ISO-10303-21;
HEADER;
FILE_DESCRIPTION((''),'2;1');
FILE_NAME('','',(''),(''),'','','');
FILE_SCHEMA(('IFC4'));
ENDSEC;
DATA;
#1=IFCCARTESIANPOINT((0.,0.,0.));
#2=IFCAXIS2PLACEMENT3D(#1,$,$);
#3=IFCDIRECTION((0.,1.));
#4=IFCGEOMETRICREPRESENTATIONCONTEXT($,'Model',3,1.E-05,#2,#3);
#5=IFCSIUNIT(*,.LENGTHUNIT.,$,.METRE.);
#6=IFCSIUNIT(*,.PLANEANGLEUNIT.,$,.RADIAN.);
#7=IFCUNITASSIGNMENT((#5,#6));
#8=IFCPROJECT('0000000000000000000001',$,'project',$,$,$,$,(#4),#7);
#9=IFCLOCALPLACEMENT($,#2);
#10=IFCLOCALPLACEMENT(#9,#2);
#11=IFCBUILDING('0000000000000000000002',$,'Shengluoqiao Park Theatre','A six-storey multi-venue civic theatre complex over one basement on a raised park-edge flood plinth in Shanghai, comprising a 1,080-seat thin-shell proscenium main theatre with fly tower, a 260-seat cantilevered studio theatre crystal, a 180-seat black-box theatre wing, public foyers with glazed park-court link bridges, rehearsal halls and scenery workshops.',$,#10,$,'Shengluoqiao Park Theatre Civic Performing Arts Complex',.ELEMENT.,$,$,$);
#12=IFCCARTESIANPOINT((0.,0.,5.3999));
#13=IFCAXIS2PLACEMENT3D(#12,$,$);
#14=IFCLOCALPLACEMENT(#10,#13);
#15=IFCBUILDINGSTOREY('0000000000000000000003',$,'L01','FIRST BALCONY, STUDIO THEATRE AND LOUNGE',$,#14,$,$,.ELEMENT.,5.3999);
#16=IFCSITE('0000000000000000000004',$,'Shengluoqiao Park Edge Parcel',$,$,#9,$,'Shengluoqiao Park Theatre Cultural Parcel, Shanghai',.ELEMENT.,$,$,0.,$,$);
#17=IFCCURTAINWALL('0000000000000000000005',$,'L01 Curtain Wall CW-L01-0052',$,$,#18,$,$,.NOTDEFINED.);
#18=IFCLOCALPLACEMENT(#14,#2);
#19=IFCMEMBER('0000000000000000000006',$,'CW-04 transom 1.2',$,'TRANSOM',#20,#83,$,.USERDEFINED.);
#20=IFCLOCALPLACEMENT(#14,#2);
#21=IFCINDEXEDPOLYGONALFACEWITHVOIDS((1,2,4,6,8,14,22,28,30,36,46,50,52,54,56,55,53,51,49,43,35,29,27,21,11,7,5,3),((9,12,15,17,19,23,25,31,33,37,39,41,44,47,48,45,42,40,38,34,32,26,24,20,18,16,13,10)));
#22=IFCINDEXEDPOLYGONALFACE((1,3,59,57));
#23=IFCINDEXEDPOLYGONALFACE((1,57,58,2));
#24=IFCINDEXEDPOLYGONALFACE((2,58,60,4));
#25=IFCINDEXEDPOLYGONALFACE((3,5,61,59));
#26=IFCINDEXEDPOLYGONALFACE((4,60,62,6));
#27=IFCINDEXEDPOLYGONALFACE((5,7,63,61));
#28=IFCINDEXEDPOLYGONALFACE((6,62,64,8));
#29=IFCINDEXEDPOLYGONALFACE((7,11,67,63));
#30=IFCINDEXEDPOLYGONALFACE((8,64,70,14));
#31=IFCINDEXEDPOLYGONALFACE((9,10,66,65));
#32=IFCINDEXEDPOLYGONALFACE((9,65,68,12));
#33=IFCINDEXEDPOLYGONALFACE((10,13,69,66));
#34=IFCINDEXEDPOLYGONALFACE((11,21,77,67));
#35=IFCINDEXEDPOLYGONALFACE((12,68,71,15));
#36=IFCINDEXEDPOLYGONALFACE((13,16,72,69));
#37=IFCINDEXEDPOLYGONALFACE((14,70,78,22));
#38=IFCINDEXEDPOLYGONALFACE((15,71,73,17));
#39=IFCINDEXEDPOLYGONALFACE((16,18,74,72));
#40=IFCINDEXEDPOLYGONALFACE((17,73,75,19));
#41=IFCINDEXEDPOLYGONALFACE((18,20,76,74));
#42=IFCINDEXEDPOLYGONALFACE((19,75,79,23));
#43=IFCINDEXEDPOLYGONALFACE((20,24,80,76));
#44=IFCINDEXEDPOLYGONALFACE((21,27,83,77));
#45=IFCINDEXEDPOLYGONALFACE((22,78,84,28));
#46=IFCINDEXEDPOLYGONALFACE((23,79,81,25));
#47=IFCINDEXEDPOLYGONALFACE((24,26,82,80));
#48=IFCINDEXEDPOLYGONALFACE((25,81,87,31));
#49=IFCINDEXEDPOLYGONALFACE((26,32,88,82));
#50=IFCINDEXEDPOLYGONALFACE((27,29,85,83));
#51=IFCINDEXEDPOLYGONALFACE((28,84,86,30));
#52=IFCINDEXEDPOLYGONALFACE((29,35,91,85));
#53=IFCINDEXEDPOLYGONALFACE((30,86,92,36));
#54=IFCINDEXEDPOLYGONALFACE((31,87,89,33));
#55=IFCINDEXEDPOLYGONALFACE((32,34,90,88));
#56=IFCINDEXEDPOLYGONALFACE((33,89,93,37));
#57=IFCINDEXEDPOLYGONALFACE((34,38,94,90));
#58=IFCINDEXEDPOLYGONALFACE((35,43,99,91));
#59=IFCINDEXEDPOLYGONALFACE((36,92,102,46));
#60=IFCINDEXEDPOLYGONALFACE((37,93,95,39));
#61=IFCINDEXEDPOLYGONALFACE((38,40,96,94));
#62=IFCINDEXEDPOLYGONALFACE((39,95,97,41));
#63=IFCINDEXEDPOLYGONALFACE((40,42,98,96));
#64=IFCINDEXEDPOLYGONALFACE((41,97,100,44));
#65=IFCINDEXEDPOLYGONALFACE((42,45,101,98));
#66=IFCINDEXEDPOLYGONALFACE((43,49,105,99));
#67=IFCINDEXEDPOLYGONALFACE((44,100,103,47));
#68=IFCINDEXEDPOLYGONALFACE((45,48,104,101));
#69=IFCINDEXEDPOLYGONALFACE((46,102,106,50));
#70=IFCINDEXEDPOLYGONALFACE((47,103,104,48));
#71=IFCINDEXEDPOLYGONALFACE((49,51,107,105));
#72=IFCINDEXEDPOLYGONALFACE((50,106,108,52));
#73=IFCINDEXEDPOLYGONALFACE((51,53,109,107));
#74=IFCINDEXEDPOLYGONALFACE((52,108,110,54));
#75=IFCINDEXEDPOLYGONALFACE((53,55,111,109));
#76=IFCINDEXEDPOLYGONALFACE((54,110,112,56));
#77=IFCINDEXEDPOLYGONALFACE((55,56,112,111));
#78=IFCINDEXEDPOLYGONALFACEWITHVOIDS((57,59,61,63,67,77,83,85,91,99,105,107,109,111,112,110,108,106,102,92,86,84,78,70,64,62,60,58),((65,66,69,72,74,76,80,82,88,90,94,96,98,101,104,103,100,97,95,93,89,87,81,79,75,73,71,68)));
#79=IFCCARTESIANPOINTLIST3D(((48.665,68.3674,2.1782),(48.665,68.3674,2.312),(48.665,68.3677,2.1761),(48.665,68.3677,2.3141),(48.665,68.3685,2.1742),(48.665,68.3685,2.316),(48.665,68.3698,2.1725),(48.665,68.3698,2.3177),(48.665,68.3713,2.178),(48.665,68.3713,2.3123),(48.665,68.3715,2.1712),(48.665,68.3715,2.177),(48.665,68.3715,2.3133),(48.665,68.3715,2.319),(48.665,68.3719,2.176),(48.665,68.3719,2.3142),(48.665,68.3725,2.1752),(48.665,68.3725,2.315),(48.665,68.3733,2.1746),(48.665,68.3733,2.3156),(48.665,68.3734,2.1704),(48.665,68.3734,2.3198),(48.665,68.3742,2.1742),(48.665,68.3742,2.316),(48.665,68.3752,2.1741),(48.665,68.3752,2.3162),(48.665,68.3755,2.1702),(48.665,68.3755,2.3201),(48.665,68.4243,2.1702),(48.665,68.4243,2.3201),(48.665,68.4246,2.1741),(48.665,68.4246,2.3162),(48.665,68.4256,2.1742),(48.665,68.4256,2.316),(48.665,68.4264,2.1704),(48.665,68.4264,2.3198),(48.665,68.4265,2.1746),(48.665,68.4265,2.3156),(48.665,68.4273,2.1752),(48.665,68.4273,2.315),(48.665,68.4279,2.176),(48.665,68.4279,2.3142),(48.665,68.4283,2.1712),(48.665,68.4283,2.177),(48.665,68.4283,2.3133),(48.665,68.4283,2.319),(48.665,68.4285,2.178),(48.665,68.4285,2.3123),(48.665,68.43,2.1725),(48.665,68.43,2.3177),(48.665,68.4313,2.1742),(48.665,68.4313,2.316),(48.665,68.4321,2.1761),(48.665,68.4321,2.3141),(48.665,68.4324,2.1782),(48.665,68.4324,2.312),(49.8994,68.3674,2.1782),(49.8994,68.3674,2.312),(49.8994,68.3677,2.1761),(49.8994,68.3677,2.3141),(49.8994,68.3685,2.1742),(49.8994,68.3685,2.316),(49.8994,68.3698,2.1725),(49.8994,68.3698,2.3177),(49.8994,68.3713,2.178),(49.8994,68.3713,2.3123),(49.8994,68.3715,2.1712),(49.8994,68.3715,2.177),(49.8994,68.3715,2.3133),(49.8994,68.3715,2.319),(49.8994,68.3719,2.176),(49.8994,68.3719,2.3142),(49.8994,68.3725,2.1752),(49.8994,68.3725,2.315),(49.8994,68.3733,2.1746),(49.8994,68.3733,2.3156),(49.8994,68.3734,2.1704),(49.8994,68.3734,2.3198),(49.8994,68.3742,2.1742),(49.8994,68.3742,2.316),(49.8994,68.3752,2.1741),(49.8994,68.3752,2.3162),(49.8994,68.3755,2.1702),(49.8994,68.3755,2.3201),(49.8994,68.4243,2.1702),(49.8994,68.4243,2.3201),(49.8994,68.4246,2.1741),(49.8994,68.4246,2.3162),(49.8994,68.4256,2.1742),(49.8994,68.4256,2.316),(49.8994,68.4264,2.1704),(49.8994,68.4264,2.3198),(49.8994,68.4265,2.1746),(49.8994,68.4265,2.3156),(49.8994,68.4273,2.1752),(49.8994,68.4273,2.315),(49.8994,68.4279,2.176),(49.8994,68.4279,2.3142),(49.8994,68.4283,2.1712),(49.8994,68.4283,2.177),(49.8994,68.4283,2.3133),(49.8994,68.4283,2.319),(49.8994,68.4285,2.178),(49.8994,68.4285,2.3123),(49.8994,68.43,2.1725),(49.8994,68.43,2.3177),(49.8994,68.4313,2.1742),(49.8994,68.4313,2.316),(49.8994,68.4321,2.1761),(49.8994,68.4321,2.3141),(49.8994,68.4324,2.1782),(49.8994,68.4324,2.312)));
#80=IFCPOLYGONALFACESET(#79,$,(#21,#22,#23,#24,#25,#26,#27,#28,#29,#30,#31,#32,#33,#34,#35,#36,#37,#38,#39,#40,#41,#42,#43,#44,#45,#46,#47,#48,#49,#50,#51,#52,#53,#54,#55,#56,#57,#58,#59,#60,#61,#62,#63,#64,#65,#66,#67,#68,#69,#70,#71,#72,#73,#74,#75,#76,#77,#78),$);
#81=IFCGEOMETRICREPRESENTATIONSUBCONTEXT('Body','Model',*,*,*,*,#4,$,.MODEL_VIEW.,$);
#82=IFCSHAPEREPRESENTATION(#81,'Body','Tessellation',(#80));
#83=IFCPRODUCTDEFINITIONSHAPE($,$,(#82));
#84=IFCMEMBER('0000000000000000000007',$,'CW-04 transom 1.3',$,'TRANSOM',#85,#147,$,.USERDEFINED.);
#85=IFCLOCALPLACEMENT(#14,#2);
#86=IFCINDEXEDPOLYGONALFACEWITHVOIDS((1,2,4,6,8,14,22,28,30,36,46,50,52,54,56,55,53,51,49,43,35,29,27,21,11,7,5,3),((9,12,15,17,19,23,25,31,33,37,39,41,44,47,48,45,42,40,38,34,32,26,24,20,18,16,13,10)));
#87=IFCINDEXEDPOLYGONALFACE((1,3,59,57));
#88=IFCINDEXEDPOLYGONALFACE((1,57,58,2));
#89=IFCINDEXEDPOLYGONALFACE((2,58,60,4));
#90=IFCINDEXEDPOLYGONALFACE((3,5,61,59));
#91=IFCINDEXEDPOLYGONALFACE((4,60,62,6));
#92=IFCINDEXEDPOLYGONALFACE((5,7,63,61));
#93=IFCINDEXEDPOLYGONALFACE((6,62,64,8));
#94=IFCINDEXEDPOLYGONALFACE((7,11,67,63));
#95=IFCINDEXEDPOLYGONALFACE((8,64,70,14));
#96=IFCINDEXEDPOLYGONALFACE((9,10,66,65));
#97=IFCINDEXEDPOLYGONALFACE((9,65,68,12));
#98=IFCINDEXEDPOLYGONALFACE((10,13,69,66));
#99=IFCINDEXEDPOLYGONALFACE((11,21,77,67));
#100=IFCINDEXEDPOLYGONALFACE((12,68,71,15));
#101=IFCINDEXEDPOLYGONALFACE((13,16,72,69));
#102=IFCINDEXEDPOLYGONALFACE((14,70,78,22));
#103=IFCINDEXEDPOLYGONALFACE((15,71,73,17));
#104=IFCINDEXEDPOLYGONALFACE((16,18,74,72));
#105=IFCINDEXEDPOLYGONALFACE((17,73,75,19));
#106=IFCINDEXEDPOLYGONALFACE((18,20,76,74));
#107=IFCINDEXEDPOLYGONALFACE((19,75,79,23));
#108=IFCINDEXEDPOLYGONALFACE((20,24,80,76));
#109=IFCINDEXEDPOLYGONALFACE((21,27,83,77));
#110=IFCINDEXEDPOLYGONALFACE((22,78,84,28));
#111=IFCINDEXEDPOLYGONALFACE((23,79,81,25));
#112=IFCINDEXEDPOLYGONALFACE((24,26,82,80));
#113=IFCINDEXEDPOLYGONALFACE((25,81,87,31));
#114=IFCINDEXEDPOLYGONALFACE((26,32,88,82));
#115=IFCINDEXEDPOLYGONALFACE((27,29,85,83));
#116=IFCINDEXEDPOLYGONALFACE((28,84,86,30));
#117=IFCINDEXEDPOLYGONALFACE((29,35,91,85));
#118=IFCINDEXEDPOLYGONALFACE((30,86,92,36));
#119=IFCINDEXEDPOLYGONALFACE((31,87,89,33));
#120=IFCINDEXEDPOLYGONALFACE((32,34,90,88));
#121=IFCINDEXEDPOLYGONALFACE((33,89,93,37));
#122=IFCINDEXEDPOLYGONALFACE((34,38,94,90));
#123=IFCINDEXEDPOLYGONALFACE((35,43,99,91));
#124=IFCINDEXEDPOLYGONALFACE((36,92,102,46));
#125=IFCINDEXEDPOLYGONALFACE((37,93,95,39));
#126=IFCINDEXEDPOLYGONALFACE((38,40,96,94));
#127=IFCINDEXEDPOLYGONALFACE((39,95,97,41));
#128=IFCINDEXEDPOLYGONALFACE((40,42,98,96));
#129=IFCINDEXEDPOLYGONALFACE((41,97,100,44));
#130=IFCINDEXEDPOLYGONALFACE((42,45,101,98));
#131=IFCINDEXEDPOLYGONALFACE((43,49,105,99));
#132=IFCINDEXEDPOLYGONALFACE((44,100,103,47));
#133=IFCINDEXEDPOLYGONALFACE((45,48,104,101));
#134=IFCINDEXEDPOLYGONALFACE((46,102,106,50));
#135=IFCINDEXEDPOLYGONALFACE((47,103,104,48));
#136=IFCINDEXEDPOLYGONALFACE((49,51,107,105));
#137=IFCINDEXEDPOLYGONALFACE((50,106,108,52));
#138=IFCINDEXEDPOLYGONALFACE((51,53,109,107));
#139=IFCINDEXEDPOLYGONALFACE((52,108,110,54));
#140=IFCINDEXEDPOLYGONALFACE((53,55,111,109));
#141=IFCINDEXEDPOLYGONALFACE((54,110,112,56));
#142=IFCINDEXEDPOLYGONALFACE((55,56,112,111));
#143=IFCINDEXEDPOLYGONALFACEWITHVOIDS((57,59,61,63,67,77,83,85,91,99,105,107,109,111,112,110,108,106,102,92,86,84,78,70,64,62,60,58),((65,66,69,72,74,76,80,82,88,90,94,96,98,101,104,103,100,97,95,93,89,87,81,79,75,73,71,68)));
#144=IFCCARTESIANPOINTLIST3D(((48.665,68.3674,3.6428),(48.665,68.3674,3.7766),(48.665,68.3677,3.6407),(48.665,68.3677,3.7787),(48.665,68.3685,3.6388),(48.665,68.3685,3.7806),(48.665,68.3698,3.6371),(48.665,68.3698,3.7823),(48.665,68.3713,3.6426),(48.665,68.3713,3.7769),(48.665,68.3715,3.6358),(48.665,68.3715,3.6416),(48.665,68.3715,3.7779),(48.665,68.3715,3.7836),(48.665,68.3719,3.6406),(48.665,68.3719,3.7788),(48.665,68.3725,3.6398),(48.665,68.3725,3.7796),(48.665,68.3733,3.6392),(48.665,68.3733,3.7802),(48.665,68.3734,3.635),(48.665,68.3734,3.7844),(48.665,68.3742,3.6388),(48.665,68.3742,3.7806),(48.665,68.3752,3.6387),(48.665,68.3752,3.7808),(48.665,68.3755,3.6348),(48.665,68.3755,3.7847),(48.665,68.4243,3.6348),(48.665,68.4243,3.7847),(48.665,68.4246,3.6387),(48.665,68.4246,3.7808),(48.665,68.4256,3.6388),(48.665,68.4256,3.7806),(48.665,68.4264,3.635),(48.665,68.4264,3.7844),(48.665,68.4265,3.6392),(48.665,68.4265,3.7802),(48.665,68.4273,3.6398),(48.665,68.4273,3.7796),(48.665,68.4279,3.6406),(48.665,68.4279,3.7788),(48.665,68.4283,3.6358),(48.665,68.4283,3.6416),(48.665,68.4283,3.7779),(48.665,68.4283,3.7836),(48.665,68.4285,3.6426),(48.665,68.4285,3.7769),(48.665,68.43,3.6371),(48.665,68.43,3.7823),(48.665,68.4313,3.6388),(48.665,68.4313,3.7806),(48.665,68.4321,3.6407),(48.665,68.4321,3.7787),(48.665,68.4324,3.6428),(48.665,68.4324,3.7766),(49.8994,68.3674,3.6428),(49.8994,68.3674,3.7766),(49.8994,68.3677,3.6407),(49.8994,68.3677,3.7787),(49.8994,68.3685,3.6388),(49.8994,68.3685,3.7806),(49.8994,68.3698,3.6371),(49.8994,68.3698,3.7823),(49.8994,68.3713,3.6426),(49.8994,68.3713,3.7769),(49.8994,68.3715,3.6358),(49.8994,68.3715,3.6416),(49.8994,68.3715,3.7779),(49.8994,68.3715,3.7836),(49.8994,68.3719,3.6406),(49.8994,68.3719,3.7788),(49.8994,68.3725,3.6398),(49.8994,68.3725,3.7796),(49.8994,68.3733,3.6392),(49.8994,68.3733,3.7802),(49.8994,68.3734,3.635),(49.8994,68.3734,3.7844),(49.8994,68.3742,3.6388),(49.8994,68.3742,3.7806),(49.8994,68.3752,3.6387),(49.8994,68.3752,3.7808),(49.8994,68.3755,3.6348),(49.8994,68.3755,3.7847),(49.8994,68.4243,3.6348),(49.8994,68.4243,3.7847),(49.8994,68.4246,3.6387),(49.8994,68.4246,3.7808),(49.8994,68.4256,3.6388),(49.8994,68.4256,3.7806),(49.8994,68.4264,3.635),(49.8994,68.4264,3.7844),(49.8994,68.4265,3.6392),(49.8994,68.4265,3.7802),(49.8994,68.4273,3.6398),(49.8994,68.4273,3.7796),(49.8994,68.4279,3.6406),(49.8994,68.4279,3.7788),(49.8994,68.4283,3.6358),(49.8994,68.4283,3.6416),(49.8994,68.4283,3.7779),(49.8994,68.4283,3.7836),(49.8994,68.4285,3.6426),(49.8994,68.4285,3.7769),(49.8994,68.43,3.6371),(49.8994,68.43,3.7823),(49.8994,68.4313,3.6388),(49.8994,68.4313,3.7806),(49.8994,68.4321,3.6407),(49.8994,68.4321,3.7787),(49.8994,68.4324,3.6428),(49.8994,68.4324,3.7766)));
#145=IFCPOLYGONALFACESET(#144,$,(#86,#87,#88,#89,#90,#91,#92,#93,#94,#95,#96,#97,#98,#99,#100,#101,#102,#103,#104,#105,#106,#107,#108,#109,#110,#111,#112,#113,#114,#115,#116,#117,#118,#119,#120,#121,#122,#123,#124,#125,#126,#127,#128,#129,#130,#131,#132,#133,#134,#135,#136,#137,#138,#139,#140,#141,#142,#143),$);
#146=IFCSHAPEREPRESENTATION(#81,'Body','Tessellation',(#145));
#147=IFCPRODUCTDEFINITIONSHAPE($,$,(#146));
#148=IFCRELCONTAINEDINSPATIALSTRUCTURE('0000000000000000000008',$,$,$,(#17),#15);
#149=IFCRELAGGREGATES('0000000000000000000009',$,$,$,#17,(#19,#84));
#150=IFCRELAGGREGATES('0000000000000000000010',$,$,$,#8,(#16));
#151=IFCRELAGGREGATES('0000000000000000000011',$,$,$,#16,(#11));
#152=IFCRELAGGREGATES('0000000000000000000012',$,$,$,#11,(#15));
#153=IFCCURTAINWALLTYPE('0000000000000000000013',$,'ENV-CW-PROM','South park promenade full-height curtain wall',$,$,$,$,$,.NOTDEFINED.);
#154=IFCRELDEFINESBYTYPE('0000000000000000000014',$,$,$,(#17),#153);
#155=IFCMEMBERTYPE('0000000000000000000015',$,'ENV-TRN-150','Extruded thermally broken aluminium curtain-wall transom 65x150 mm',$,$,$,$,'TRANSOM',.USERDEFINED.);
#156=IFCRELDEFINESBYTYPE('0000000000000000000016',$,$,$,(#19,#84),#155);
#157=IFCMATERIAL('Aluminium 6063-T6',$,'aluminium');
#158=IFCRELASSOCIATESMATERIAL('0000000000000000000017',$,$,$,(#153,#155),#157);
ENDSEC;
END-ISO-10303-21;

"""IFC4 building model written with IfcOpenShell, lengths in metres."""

from ifc_helpers import new_model, si_unit, direction, frame, origin, origin_2d, place, context, subcontext, project, spatial, hollow_rectangle, extrude, material, material_profile, profile_set, type_object, element, aggregate, save


model = new_model("IFC4")

# Units and contexts
model_context = context("Model", 3, precision=1e-05, world=origin(), true_north=direction((0.0, 1.0)))
body_context = subcontext(model_context, "Body", "Model", "MODEL_VIEW")
ifc_project = project(units=[si_unit("LENGTHUNIT", "METRE"), si_unit("PLANEANGLEUNIT", "RADIAN")], contexts=[model_context])

# Site, building, storey
site_placement = place(None, origin())
site = spatial("IfcSite", under=ifc_project, at=site_placement, Name="Shengluoqiao Park Edge Parcel", LongName="Shengluoqiao Park Theatre Cultural Parcel, Shanghai", CompositionType="ELEMENT", RefElevation=0.0)
building_placement = place(site_placement, origin())
building = spatial("IfcBuilding", under=site, at=building_placement, Name="Shengluoqiao Park Theatre", Description="A six-storey multi-venue civic theatre complex over one basement on a raised park-edge flood plinth in Shanghai, comprising a 1,080-seat thin-shell proscenium main theatre with fly tower, a 260-seat cantilevered studio theatre crystal, a 180-seat black-box theatre wing, public foyers with glazed park-court link bridges, rehearsal halls and scenery workshops.", LongName="Shengluoqiao Park Theatre Civic Performing Arts Complex", CompositionType="ELEMENT")
storey_placement = place(building_placement, frame((0.0, 0.0, 5.3999)))
storey = spatial("IfcBuildingStorey", under=building, at=storey_placement, Name="L01", Description="FIRST BALCONY, STUDIO THEATRE AND LOUNGE", CompositionType="ELEMENT", Elevation=5.3999)

# Curtain wall
ifc_material_1 = material(Name="Aluminium 6063-T6", Category="aluminium")
curtain_wall_type = type_object("IfcCurtainWallType", Name="ENV-CW-PROM", Description="South park promenade full-height curtain wall", PredefinedType="NOTDEFINED", material=ifc_material_1)
curtain_wall_1_placement = place(storey_placement, origin())
curtain_wall_1 = element("IfcCurtainWall", 1, at=curtain_wall_1_placement, inside=storey, type_object=curtain_wall_type, Name="L01 Curtain Wall CW-L01-0052", PredefinedType="NOTDEFINED")

# Members
ifc_material_profile_1 = material_profile(ifc_material_1, hollow_rectangle(XDim=0.0649, YDim=0.1499, WallThickness=0.0039, InnerFilletRadius=0.0039, OuterFilletRadius=0.0081, at=origin_2d()), Name="ALU TRANSOM 150x65x4")
ifc_profile_set_1 = profile_set([ifc_material_profile_1], Name="Aluminium 6063-T6")
member_type_1 = type_object("IfcMemberType", Name="ENV-TRN-150", Description="Extruded thermally broken aluminium curtain-wall transom 65x150 mm", ElementType="TRANSOM", PredefinedType="USERDEFINED", material=ifc_profile_set_1)
member_1_placement = place(storey_placement, frame((48.665, 68.3999, 2.2451), z_axis=(1.0, 0.0, 0.0), x_axis=(0.0, 1.0, 0.0)))
member_1 = element("IfcMember", 2, at=member_1_placement, type_object=member_type_1, Name="CW-04 transom 1.2", ObjectType="TRANSOM", PredefinedType="USERDEFINED", context=body_context, shape_type="SweptSolid", body=[
    extrude(hollow_rectangle(XDim=0.0649, YDim=0.1499, WallThickness=0.0039, InnerFilletRadius=0.0039, OuterFilletRadius=0.0081, at=origin_2d()), origin(), (0.0, 0.0, 1.0), 1.2344),
])
member_2_placement = place(storey_placement, frame((48.665, 68.3999, 3.7097), z_axis=(1.0, 0.0, 0.0), x_axis=(0.0, 1.0, 0.0)))
member_2 = element("IfcMember", 3, at=member_2_placement, type_object=member_type_1, Name="CW-04 transom 1.3", ObjectType="TRANSOM", PredefinedType="USERDEFINED", context=body_context, shape_type="SweptSolid", body=[
    extrude(hollow_rectangle(XDim=0.0649, YDim=0.1499, WallThickness=0.0039, InnerFilletRadius=0.0039, OuterFilletRadius=0.0081, at=origin_2d()), origin(), (0.0, 0.0, 1.0), 1.2344),
])

aggregate(curtain_wall_1, [member_1, member_2])

save(model, "model.ifc")
